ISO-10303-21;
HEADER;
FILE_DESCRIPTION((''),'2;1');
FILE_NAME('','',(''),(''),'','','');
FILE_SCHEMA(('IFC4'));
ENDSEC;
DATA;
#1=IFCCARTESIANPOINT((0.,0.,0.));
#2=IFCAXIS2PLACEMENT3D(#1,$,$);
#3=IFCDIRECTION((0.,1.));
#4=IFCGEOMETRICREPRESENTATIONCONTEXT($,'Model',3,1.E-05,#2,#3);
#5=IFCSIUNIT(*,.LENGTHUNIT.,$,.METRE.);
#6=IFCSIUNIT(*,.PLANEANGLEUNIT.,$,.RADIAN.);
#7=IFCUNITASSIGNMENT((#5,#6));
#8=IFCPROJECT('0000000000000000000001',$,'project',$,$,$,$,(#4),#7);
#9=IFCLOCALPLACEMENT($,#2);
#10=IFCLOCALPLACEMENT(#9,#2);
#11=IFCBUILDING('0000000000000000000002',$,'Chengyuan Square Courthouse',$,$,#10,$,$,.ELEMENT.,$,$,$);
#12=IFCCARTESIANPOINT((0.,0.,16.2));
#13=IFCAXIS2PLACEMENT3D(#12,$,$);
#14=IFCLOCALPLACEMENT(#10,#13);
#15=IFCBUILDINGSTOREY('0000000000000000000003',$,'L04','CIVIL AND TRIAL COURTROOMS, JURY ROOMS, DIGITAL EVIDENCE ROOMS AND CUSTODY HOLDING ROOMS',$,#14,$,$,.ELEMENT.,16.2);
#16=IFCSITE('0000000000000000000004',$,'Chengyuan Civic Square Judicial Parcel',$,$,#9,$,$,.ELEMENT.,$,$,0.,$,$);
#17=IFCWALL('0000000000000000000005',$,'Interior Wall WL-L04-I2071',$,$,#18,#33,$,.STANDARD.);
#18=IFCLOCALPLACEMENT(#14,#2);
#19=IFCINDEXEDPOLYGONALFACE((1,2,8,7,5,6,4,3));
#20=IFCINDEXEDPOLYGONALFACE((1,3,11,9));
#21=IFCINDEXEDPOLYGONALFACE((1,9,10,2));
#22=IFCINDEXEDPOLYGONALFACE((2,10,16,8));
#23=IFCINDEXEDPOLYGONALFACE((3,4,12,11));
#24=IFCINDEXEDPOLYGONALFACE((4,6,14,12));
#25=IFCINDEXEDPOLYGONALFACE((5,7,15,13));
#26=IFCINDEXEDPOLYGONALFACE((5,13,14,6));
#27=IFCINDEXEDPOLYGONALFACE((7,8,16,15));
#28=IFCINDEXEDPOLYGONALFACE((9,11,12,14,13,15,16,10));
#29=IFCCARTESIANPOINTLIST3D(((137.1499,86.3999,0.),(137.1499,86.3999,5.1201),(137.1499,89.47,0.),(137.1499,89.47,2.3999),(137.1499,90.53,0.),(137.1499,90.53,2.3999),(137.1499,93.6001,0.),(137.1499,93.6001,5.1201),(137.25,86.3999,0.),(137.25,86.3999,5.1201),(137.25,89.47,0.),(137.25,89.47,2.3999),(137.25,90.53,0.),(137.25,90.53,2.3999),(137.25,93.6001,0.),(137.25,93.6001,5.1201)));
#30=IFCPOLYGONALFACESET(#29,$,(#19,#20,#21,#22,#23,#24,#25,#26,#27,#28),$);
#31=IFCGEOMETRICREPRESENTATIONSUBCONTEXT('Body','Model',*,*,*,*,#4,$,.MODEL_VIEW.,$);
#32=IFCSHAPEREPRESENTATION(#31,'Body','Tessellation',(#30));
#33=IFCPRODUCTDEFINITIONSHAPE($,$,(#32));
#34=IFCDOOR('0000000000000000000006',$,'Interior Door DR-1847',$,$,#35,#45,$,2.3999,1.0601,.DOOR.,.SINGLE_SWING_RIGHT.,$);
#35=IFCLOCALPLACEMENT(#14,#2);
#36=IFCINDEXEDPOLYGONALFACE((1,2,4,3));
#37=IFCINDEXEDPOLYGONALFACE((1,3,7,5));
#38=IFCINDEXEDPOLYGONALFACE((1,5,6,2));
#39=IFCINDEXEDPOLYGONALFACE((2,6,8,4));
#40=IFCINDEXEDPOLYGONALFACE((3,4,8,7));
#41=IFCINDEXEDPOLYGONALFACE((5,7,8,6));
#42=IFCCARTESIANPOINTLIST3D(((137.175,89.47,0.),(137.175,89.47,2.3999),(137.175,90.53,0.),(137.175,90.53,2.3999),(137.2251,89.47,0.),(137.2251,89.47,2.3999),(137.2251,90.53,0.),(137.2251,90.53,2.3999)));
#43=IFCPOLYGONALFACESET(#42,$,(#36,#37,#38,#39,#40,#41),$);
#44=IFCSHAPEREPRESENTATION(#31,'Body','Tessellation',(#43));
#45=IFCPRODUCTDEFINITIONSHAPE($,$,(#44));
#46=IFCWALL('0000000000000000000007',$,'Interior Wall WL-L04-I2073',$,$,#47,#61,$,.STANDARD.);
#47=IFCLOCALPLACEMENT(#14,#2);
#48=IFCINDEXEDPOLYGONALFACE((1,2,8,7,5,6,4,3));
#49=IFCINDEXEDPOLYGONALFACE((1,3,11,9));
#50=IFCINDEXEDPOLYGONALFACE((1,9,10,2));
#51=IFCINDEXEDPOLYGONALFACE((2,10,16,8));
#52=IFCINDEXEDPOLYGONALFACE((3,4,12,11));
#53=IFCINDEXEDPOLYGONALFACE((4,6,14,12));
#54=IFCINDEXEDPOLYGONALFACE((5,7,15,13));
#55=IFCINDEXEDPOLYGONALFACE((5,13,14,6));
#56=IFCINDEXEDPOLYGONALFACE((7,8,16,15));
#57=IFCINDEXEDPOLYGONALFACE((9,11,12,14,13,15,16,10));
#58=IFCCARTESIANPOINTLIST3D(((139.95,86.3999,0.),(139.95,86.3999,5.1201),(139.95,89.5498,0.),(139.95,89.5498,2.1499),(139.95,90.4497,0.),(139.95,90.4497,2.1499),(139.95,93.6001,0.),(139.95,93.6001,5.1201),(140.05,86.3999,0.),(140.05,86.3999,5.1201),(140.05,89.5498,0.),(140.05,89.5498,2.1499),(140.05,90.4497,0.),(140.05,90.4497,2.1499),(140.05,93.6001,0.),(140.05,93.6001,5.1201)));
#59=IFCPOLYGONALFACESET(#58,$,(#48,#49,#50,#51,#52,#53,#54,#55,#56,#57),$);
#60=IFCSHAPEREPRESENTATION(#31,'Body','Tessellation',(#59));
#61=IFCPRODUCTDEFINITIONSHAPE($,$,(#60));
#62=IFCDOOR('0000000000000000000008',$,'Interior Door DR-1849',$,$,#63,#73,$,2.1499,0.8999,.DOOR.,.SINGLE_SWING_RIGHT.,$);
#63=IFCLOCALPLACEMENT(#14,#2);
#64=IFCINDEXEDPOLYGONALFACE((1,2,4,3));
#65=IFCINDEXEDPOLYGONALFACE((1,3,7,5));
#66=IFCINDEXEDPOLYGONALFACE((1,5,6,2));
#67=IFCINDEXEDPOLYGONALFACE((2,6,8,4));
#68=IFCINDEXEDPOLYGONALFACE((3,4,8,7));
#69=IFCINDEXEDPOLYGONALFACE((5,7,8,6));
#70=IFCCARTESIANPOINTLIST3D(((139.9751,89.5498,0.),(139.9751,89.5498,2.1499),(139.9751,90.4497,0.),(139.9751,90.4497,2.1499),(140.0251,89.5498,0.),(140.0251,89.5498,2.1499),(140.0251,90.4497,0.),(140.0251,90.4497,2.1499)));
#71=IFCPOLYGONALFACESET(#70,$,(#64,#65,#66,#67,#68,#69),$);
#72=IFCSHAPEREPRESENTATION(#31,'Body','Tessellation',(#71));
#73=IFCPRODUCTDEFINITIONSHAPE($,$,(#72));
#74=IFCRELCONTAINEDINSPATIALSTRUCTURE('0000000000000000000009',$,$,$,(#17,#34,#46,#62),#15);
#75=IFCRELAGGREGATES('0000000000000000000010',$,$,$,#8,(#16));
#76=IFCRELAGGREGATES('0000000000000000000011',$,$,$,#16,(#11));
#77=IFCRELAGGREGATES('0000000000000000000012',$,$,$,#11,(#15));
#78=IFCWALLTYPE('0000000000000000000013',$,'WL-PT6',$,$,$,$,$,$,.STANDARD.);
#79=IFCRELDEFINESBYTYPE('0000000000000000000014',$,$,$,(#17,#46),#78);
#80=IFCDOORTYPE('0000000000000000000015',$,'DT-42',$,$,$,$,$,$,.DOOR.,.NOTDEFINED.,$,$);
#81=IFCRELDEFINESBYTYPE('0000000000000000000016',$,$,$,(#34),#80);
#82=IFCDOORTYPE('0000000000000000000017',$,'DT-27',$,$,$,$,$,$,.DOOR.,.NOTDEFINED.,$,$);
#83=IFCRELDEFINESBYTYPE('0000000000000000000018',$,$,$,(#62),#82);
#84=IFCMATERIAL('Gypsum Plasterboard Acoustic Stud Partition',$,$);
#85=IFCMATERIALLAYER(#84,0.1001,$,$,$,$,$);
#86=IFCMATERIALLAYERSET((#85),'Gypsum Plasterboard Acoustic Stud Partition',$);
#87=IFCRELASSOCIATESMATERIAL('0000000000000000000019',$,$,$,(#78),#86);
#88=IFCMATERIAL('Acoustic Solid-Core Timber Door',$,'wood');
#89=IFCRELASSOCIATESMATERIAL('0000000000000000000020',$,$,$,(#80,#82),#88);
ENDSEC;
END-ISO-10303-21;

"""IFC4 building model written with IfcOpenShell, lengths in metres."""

from ifc_helpers import new_model, si_unit, direction, frame, frame_2d, origin, place, context, subcontext, project, spatial, rectangle, extrude, material, layer, layer_set, type_object, element, fill, save


model = new_model("IFC4")

# Units and contexts
model_context = context("Model", 3, precision=1e-05, world=origin(), true_north=direction((0.0, 1.0)))
body_context = subcontext(model_context, "Body", "Model", "MODEL_VIEW")
ifc_project = project(units=[si_unit("LENGTHUNIT", "METRE"), si_unit("PLANEANGLEUNIT", "RADIAN")], contexts=[model_context])

# Site, building, storey
site_placement = place(None, origin())
site = spatial("IfcSite", under=ifc_project, at=site_placement, Name="Chengyuan Civic Square Judicial Parcel", CompositionType="ELEMENT", RefElevation=0.0)
building_placement = place(site_placement, origin())
building = spatial("IfcBuilding", under=site, at=building_placement, Name="Chengyuan Square Courthouse", CompositionType="ELEMENT")
storey_placement = place(building_placement, frame((0.0, 0.0, 16.2)))
storey = spatial("IfcBuildingStorey", under=building, at=storey_placement, Name="L04", Description="CIVIL AND TRIAL COURTROOMS, JURY ROOMS, DIGITAL EVIDENCE ROOMS AND CUSTODY HOLDING ROOMS", CompositionType="ELEMENT", Elevation=16.2)

# Shared definitions
ifc_material_1 = material(Name="Gypsum Plasterboard Acoustic Stud Partition")
ifc_layer_1 = layer(ifc_material_1, 0.1001)
ifc_layer_set_1 = layer_set([ifc_layer_1], Name="Gypsum Plasterboard Acoustic Stud Partition")
wall_type = type_object("IfcWallType", Name="WL-PT6", PredefinedType="STANDARD", material=ifc_layer_set_1)

# Walls, openings, doors
wall_1_placement = place(storey_placement, frame((137.2, 86.3999, 0.0), z_axis=(0.0, 0.0, 1.0), x_axis=(0.0, 1.0, 0.0)))
wall_1 = element("IfcWall", 1, at=wall_1_placement, inside=storey, type_object=wall_type, Name="Interior Wall WL-L04-I2071", PredefinedType="STANDARD", context=body_context, shape_type="SweptSolid", body=[
    extrude(rectangle(XDim=7.2002, YDim=0.1001, at=frame_2d((3.6001, 0.0))), origin(), (0.0, 0.0, 1.0), 5.1201),
])
opening_1_placement = place(wall_1_placement, frame((3.0701, 0.0, 0.0)))
opening_1 = element("IfcOpeningElement", 2, at=opening_1_placement, cuts=wall_1, PredefinedType="OPENING", context=body_context, shape_type="SweptSolid", body=[
    extrude(rectangle(XDim=1.0601, YDim=2.3999, at=frame_2d((0.53, 1.2))), frame((0.0, 0.062, 0.0), z_axis=(0.0, -1.0, 0.0), x_axis=(1.0, 0.0, 0.0)), (0.0, 0.0, 1.0), 0.124),
])
ifc_material_2 = material(Name="Acoustic Solid-Core Timber Door", Category="wood")
door_type_1 = type_object("IfcDoorType", Name="DT-42", OperationType="NOTDEFINED", PredefinedType="DOOR", material=ifc_material_2)
door_1_placement = place(opening_1_placement, origin())
door_1 = element("IfcDoor", 3, at=door_1_placement, inside=storey, type_object=door_type_1, Name="Interior Door DR-1847", OperationType="SINGLE_SWING_RIGHT", OverallHeight=2.3999, OverallWidth=1.0601, PredefinedType="DOOR", context=body_context, shape_type="SweptSolid", body=[
    extrude(rectangle(XDim=1.0601, YDim=2.3999, at=frame_2d((0.53, 1.2))), frame((0.0, 0.0249, 0.0), z_axis=(0.0, -1.0, 0.0), x_axis=(1.0, 0.0, 0.0)), (0.0, 0.0, 1.0), 0.05),
])
fill(opening_1, door_1)
wall_2_placement = place(storey_placement, frame((140.0, 86.3999, 0.0), z_axis=(0.0, 0.0, 1.0), x_axis=(0.0, 1.0, 0.0)))
wall_2 = element("IfcWall", 4, at=wall_2_placement, inside=storey, type_object=wall_type, Name="Interior Wall WL-L04-I2073", PredefinedType="STANDARD", context=body_context, shape_type="SweptSolid", body=[
    extrude(rectangle(XDim=7.2002, YDim=0.1001, at=frame_2d((3.6001, 0.0))), origin(), (0.0, 0.0, 1.0), 5.1201),
])
opening_2_placement = place(wall_2_placement, frame((3.1499, 0.0, 0.0)))
opening_2 = element("IfcOpeningElement", 5, at=opening_2_placement, cuts=wall_2, PredefinedType="OPENING", context=body_context, shape_type="SweptSolid", body=[
    extrude(rectangle(XDim=0.8999, YDim=2.1499, at=frame_2d((0.45, 1.075))), frame((0.0, 0.062, 0.0), z_axis=(0.0, -1.0, 0.0), x_axis=(1.0, 0.0, 0.0)), (0.0, 0.0, 1.0), 0.124),
])
door_type_2 = type_object("IfcDoorType", Name="DT-27", OperationType="NOTDEFINED", PredefinedType="DOOR", material=ifc_material_2)
door_2_placement = place(opening_2_placement, origin())
door_2 = element("IfcDoor", 6, at=door_2_placement, inside=storey, type_object=door_type_2, Name="Interior Door DR-1849", OperationType="SINGLE_SWING_RIGHT", OverallHeight=2.1499, OverallWidth=0.8999, PredefinedType="DOOR", context=body_context, shape_type="SweptSolid", body=[
    extrude(rectangle(XDim=0.8999, YDim=2.1499, at=frame_2d((0.45, 1.075))), frame((0.0, 0.0249, 0.0), z_axis=(0.0, -1.0, 0.0), x_axis=(1.0, 0.0, 0.0)), (0.0, 0.0, 1.0), 0.05),
])
fill(opening_2, door_2)

save(model, "model.ifc")
